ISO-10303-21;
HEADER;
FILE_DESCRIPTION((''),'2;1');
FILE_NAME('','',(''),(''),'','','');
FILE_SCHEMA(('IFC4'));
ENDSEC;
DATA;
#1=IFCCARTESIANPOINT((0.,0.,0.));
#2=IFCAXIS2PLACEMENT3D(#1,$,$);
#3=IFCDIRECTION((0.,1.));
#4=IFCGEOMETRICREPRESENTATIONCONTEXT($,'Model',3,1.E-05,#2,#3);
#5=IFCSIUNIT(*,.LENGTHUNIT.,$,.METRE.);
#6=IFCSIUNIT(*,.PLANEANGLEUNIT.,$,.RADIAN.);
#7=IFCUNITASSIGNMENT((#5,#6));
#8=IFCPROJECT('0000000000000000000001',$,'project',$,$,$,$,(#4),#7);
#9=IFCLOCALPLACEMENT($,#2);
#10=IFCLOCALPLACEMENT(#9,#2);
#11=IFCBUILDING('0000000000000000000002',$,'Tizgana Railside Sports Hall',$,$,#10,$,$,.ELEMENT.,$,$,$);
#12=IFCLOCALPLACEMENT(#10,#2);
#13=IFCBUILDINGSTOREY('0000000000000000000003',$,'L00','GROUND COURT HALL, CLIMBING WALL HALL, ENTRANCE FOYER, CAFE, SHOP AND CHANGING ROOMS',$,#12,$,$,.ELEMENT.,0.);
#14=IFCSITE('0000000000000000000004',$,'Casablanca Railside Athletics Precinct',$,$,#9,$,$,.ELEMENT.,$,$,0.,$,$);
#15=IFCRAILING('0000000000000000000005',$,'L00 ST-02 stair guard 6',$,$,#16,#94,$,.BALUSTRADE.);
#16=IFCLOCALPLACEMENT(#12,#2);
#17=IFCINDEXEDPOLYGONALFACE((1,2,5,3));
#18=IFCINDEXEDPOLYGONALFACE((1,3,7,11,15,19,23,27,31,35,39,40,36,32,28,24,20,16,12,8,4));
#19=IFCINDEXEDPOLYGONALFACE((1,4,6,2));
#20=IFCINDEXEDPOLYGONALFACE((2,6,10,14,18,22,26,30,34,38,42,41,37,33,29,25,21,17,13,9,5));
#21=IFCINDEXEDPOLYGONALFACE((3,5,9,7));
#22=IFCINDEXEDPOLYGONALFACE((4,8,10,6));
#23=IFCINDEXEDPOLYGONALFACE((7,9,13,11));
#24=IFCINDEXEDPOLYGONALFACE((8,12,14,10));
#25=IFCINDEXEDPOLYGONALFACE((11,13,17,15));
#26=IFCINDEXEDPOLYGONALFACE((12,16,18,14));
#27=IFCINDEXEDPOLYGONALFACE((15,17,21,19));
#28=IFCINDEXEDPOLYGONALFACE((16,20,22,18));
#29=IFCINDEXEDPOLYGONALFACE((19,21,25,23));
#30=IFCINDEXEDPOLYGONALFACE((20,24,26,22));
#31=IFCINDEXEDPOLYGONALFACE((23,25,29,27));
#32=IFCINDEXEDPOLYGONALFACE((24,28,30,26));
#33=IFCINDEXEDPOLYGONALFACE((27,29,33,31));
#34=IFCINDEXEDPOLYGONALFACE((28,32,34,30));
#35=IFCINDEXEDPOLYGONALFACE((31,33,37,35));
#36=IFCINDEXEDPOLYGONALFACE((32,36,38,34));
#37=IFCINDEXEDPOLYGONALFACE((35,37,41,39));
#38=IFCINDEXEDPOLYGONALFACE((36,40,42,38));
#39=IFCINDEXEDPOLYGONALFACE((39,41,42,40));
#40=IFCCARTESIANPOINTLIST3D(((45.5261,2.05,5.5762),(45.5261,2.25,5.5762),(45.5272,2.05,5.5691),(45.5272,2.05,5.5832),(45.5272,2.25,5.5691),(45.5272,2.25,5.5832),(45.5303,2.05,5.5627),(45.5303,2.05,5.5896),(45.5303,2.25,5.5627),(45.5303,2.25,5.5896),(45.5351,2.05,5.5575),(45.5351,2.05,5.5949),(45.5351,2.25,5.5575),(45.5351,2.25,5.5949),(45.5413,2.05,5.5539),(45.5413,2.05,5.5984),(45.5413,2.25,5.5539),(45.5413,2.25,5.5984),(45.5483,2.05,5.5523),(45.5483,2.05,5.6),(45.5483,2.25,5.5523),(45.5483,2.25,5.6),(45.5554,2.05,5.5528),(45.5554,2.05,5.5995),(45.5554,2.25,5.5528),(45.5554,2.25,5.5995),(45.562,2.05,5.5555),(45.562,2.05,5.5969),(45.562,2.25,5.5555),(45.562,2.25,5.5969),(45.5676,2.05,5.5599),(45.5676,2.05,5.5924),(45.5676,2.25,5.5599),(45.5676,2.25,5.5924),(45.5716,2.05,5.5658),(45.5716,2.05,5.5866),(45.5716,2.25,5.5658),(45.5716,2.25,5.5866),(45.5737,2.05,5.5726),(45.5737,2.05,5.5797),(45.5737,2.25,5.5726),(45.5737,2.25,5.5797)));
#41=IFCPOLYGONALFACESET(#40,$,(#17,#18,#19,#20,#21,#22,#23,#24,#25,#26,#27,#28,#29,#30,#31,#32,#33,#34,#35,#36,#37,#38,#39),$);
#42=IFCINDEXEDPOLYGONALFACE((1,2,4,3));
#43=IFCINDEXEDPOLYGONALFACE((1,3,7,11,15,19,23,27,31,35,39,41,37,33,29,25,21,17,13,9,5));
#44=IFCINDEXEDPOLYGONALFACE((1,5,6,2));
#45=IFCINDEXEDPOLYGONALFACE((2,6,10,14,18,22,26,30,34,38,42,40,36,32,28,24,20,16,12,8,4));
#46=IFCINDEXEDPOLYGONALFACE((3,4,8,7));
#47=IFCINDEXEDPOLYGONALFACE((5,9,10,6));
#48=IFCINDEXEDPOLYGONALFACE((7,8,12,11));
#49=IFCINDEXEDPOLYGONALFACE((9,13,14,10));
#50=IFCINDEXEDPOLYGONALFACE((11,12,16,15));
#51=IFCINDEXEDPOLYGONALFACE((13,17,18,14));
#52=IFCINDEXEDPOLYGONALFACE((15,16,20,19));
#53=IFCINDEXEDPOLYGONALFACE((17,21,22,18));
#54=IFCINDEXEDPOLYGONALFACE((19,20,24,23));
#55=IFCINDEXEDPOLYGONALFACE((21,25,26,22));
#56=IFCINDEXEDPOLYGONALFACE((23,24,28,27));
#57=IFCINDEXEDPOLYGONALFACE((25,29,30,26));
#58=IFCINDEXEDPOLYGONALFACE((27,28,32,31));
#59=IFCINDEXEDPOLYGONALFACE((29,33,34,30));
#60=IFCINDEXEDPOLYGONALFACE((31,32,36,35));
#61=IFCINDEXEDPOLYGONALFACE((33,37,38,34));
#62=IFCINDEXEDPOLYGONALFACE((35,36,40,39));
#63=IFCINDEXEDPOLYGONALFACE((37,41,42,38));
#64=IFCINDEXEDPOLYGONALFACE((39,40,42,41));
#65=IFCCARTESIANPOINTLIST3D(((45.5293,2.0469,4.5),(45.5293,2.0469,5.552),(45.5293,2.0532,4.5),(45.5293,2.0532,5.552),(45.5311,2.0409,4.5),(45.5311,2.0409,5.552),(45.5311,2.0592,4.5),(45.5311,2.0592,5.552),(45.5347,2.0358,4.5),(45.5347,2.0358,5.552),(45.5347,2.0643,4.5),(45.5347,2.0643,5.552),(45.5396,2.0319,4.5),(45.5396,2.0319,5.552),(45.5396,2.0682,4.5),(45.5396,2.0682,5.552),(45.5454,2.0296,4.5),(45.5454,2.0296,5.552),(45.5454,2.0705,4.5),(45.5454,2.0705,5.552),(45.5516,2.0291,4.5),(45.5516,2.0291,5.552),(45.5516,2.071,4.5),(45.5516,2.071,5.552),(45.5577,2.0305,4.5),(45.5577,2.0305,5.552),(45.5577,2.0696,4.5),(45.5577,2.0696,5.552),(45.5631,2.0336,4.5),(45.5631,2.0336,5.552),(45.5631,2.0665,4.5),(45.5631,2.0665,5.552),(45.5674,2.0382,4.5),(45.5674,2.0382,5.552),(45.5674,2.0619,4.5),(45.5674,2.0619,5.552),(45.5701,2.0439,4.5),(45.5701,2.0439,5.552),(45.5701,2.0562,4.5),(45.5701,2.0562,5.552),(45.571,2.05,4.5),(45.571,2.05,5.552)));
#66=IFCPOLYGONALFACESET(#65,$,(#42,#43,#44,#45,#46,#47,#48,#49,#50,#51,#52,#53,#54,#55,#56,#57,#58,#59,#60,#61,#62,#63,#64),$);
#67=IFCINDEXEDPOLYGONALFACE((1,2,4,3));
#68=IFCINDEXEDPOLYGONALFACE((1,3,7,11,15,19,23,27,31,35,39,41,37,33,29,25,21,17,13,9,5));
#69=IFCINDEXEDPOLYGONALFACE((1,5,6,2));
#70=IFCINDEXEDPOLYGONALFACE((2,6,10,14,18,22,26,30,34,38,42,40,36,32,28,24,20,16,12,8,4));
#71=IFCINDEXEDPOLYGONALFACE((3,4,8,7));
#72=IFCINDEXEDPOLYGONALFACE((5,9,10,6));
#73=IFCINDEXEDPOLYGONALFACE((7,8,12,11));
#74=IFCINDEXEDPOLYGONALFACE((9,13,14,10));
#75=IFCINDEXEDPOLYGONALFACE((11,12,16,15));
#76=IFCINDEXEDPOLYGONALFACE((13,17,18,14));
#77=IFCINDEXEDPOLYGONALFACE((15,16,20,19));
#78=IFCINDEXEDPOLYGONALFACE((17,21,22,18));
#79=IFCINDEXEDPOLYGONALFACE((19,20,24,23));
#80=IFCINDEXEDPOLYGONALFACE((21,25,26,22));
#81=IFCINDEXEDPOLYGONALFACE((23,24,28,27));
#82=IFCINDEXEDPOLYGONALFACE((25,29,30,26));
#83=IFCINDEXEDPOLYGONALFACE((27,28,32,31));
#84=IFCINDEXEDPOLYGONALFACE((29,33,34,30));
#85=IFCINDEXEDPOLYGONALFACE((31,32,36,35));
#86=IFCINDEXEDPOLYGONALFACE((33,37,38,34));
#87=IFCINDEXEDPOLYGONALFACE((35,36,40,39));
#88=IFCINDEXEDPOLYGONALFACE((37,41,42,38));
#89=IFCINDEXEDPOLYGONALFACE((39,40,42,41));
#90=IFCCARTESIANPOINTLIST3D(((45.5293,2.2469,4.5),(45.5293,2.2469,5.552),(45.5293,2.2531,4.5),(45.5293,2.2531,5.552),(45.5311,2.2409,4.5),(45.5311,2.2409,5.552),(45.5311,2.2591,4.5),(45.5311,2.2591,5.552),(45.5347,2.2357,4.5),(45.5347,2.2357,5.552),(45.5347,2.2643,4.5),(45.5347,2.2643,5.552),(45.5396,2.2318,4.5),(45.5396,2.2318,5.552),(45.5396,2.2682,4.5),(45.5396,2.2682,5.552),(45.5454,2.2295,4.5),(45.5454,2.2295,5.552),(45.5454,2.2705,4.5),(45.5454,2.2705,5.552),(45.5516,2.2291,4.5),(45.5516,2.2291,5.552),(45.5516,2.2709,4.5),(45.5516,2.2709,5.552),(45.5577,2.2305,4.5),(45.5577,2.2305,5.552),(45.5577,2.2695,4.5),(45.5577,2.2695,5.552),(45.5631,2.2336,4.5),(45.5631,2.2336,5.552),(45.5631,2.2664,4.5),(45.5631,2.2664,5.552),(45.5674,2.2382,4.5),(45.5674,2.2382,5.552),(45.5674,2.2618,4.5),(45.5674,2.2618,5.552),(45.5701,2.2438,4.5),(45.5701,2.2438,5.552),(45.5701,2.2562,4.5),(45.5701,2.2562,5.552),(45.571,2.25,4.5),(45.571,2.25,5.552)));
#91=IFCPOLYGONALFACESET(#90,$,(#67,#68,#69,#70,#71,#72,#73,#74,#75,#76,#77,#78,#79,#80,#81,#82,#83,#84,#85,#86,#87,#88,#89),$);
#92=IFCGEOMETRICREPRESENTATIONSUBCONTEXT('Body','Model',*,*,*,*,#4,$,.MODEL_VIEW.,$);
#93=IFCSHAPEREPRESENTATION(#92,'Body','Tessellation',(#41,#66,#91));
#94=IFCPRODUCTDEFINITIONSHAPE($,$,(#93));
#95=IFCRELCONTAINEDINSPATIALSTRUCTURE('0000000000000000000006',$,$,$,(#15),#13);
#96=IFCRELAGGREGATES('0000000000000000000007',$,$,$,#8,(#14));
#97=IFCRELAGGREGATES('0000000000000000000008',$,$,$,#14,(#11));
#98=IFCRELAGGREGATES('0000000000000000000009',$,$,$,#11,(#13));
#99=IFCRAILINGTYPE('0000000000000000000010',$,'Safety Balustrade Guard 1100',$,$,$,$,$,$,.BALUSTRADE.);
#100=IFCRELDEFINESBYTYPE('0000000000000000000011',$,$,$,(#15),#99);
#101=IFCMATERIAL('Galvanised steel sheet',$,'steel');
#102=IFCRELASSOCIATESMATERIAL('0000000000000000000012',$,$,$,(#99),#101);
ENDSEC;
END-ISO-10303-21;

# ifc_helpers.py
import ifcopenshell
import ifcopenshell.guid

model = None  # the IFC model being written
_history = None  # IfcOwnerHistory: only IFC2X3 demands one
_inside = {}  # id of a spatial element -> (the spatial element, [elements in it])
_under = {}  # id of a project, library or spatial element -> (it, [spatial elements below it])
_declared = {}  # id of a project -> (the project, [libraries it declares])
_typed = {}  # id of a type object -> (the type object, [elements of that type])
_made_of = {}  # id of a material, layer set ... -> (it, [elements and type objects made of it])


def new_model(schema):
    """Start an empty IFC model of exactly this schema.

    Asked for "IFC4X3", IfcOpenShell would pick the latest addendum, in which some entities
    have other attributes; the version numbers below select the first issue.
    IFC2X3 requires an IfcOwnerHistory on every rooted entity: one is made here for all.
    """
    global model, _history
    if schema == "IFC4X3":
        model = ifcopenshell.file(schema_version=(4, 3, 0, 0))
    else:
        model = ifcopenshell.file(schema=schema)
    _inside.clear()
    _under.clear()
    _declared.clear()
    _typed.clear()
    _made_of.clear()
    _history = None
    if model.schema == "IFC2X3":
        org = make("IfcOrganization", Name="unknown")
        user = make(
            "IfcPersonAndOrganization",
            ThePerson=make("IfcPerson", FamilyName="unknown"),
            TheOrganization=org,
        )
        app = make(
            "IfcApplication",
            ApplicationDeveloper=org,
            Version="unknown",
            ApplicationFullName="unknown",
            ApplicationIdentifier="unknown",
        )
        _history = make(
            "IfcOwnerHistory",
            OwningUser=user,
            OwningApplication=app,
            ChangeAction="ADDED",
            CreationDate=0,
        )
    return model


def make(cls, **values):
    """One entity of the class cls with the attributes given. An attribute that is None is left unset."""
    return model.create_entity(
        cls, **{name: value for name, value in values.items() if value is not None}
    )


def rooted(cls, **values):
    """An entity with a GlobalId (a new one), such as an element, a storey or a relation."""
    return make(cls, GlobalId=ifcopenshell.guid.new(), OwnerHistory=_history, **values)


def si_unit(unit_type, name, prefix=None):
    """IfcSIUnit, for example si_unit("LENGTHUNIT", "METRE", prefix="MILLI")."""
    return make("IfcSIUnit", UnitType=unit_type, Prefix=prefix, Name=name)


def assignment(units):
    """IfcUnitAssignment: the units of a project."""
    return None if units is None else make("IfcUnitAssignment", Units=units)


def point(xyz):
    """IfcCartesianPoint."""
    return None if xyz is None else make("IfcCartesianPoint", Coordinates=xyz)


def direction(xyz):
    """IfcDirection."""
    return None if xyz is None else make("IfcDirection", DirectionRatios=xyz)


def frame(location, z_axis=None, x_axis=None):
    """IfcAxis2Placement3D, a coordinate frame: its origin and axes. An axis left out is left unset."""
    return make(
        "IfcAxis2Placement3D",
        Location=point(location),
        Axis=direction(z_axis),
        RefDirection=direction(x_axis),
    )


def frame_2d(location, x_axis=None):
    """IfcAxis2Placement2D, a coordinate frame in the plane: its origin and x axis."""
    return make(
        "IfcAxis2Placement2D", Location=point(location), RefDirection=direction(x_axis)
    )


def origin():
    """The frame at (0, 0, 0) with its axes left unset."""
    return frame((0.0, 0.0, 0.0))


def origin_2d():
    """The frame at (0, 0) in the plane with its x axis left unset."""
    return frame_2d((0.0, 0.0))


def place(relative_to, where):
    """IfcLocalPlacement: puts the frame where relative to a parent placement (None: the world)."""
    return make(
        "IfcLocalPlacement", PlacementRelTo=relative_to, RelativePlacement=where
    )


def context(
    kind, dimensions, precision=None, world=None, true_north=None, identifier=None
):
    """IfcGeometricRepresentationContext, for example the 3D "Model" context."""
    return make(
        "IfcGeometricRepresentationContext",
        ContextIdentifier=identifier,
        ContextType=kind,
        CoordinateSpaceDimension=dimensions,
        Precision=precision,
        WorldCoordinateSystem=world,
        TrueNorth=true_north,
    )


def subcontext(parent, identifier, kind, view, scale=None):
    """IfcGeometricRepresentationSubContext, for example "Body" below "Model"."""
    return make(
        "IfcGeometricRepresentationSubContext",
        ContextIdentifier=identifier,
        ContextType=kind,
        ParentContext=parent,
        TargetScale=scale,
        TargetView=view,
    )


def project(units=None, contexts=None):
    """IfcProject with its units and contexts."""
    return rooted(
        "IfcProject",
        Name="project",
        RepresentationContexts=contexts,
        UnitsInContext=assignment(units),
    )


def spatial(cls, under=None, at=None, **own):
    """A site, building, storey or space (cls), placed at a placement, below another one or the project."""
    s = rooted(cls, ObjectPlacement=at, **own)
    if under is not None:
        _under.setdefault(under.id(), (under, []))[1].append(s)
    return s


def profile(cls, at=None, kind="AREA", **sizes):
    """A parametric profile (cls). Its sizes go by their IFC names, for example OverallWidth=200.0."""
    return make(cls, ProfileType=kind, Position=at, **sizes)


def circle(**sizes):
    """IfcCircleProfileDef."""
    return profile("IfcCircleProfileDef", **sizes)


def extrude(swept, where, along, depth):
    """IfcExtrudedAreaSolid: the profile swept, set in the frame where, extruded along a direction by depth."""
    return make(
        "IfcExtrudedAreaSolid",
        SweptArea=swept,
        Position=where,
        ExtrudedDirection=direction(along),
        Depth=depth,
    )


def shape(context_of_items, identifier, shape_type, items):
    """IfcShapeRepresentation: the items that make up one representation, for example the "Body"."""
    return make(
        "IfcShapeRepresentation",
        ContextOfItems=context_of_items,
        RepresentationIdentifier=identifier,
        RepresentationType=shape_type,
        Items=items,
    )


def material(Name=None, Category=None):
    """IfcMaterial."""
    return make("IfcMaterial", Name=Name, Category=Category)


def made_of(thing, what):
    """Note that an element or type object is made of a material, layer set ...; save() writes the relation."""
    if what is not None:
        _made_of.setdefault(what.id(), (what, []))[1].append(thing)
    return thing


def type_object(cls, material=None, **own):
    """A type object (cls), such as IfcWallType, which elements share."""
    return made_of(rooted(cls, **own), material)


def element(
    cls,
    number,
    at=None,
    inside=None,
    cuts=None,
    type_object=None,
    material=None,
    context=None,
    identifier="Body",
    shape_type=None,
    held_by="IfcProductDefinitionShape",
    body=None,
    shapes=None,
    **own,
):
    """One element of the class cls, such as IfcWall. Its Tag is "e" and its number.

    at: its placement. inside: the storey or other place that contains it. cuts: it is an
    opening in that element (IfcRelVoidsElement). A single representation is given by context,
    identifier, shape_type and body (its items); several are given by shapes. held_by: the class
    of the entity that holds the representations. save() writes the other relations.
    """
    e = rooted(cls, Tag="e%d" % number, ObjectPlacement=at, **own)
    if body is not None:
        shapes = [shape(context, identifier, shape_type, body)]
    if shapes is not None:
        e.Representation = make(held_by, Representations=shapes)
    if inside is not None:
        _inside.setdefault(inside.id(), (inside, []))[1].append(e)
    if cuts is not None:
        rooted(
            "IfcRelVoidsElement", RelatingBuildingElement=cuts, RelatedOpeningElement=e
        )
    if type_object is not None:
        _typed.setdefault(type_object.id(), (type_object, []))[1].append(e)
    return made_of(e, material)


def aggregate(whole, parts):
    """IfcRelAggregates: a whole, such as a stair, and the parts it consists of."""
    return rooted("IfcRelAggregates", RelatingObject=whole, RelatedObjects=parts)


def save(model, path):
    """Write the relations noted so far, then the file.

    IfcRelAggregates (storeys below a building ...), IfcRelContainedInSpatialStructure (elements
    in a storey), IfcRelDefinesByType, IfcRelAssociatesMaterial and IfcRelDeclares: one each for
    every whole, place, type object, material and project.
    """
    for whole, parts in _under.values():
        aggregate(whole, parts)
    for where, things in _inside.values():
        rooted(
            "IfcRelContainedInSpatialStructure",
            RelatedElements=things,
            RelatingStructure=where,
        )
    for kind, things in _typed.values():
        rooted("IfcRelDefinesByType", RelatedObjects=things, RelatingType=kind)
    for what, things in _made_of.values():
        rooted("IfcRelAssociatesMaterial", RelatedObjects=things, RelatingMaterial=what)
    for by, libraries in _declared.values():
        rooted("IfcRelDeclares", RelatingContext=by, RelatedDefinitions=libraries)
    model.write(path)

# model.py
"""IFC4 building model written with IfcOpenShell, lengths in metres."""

from ifc_helpers import new_model, si_unit, direction, frame, origin, origin_2d, place, context, subcontext, project, spatial, circle, extrude, material, type_object, element, save


model = new_model("IFC4")

# Units and contexts
model_context = context("Model", 3, precision=1e-05, world=origin(), true_north=direction((0.0, 1.0)))
body_context = subcontext(model_context, "Body", "Model", "MODEL_VIEW")
ifc_project = project(units=[si_unit("LENGTHUNIT", "METRE"), si_unit("PLANEANGLEUNIT", "RADIAN")], contexts=[model_context])

# Site, building, storey
site_placement = place(None, origin())
site = spatial("IfcSite", under=ifc_project, at=site_placement, Name="Casablanca Railside Athletics Precinct", CompositionType="ELEMENT", RefElevation=0.0)
building_placement = place(site_placement, origin())
building = spatial("IfcBuilding", under=site, at=building_placement, Name="Tizgana Railside Sports Hall", CompositionType="ELEMENT")
storey_placement = place(building_placement, origin())
storey = spatial("IfcBuildingStorey", under=building, at=storey_placement, Name="L00", Description="GROUND COURT HALL, CLIMBING WALL HALL, ENTRANCE FOYER, CAFE, SHOP AND CHANGING ROOMS", CompositionType="ELEMENT", Elevation=0.0)

# Shared definitions
ifc_material_1 = material(Name="Galvanised steel sheet", Category="steel")

# Railing
railing_type_1 = type_object("IfcRailingType", Name="Safety Balustrade Guard 1100", PredefinedType="BALUSTRADE", material=ifc_material_1)
railing_1_placement = place(storey_placement, frame((45.55, 2.05, 4.5)))
element("IfcRailing", 1, at=railing_1_placement, inside=storey, type_object=railing_type_1, Name="L00 ST-02 stair guard 6", PredefinedType="BALUSTRADE", context=body_context, shape_type="SweptSolid", body=[
    extrude(circle(Radius=0.0239, at=origin_2d()), frame((0.0, 0.0, 1.0762), z_axis=(0.0, 1.0, 0.0), x_axis=(-1.0, 0.0, 0.0)), (0.0, 0.0, 1.0), 0.2),
    extrude(circle(Radius=0.021, at=origin_2d()), origin(), (0.0, 0.0, 1.0), 1.052),
    extrude(circle(Radius=0.021, at=origin_2d()), frame((0.0, 0.2, 0.0)), (0.0, 0.0, 1.0), 1.052),
])

save(model, "model.ifc")
